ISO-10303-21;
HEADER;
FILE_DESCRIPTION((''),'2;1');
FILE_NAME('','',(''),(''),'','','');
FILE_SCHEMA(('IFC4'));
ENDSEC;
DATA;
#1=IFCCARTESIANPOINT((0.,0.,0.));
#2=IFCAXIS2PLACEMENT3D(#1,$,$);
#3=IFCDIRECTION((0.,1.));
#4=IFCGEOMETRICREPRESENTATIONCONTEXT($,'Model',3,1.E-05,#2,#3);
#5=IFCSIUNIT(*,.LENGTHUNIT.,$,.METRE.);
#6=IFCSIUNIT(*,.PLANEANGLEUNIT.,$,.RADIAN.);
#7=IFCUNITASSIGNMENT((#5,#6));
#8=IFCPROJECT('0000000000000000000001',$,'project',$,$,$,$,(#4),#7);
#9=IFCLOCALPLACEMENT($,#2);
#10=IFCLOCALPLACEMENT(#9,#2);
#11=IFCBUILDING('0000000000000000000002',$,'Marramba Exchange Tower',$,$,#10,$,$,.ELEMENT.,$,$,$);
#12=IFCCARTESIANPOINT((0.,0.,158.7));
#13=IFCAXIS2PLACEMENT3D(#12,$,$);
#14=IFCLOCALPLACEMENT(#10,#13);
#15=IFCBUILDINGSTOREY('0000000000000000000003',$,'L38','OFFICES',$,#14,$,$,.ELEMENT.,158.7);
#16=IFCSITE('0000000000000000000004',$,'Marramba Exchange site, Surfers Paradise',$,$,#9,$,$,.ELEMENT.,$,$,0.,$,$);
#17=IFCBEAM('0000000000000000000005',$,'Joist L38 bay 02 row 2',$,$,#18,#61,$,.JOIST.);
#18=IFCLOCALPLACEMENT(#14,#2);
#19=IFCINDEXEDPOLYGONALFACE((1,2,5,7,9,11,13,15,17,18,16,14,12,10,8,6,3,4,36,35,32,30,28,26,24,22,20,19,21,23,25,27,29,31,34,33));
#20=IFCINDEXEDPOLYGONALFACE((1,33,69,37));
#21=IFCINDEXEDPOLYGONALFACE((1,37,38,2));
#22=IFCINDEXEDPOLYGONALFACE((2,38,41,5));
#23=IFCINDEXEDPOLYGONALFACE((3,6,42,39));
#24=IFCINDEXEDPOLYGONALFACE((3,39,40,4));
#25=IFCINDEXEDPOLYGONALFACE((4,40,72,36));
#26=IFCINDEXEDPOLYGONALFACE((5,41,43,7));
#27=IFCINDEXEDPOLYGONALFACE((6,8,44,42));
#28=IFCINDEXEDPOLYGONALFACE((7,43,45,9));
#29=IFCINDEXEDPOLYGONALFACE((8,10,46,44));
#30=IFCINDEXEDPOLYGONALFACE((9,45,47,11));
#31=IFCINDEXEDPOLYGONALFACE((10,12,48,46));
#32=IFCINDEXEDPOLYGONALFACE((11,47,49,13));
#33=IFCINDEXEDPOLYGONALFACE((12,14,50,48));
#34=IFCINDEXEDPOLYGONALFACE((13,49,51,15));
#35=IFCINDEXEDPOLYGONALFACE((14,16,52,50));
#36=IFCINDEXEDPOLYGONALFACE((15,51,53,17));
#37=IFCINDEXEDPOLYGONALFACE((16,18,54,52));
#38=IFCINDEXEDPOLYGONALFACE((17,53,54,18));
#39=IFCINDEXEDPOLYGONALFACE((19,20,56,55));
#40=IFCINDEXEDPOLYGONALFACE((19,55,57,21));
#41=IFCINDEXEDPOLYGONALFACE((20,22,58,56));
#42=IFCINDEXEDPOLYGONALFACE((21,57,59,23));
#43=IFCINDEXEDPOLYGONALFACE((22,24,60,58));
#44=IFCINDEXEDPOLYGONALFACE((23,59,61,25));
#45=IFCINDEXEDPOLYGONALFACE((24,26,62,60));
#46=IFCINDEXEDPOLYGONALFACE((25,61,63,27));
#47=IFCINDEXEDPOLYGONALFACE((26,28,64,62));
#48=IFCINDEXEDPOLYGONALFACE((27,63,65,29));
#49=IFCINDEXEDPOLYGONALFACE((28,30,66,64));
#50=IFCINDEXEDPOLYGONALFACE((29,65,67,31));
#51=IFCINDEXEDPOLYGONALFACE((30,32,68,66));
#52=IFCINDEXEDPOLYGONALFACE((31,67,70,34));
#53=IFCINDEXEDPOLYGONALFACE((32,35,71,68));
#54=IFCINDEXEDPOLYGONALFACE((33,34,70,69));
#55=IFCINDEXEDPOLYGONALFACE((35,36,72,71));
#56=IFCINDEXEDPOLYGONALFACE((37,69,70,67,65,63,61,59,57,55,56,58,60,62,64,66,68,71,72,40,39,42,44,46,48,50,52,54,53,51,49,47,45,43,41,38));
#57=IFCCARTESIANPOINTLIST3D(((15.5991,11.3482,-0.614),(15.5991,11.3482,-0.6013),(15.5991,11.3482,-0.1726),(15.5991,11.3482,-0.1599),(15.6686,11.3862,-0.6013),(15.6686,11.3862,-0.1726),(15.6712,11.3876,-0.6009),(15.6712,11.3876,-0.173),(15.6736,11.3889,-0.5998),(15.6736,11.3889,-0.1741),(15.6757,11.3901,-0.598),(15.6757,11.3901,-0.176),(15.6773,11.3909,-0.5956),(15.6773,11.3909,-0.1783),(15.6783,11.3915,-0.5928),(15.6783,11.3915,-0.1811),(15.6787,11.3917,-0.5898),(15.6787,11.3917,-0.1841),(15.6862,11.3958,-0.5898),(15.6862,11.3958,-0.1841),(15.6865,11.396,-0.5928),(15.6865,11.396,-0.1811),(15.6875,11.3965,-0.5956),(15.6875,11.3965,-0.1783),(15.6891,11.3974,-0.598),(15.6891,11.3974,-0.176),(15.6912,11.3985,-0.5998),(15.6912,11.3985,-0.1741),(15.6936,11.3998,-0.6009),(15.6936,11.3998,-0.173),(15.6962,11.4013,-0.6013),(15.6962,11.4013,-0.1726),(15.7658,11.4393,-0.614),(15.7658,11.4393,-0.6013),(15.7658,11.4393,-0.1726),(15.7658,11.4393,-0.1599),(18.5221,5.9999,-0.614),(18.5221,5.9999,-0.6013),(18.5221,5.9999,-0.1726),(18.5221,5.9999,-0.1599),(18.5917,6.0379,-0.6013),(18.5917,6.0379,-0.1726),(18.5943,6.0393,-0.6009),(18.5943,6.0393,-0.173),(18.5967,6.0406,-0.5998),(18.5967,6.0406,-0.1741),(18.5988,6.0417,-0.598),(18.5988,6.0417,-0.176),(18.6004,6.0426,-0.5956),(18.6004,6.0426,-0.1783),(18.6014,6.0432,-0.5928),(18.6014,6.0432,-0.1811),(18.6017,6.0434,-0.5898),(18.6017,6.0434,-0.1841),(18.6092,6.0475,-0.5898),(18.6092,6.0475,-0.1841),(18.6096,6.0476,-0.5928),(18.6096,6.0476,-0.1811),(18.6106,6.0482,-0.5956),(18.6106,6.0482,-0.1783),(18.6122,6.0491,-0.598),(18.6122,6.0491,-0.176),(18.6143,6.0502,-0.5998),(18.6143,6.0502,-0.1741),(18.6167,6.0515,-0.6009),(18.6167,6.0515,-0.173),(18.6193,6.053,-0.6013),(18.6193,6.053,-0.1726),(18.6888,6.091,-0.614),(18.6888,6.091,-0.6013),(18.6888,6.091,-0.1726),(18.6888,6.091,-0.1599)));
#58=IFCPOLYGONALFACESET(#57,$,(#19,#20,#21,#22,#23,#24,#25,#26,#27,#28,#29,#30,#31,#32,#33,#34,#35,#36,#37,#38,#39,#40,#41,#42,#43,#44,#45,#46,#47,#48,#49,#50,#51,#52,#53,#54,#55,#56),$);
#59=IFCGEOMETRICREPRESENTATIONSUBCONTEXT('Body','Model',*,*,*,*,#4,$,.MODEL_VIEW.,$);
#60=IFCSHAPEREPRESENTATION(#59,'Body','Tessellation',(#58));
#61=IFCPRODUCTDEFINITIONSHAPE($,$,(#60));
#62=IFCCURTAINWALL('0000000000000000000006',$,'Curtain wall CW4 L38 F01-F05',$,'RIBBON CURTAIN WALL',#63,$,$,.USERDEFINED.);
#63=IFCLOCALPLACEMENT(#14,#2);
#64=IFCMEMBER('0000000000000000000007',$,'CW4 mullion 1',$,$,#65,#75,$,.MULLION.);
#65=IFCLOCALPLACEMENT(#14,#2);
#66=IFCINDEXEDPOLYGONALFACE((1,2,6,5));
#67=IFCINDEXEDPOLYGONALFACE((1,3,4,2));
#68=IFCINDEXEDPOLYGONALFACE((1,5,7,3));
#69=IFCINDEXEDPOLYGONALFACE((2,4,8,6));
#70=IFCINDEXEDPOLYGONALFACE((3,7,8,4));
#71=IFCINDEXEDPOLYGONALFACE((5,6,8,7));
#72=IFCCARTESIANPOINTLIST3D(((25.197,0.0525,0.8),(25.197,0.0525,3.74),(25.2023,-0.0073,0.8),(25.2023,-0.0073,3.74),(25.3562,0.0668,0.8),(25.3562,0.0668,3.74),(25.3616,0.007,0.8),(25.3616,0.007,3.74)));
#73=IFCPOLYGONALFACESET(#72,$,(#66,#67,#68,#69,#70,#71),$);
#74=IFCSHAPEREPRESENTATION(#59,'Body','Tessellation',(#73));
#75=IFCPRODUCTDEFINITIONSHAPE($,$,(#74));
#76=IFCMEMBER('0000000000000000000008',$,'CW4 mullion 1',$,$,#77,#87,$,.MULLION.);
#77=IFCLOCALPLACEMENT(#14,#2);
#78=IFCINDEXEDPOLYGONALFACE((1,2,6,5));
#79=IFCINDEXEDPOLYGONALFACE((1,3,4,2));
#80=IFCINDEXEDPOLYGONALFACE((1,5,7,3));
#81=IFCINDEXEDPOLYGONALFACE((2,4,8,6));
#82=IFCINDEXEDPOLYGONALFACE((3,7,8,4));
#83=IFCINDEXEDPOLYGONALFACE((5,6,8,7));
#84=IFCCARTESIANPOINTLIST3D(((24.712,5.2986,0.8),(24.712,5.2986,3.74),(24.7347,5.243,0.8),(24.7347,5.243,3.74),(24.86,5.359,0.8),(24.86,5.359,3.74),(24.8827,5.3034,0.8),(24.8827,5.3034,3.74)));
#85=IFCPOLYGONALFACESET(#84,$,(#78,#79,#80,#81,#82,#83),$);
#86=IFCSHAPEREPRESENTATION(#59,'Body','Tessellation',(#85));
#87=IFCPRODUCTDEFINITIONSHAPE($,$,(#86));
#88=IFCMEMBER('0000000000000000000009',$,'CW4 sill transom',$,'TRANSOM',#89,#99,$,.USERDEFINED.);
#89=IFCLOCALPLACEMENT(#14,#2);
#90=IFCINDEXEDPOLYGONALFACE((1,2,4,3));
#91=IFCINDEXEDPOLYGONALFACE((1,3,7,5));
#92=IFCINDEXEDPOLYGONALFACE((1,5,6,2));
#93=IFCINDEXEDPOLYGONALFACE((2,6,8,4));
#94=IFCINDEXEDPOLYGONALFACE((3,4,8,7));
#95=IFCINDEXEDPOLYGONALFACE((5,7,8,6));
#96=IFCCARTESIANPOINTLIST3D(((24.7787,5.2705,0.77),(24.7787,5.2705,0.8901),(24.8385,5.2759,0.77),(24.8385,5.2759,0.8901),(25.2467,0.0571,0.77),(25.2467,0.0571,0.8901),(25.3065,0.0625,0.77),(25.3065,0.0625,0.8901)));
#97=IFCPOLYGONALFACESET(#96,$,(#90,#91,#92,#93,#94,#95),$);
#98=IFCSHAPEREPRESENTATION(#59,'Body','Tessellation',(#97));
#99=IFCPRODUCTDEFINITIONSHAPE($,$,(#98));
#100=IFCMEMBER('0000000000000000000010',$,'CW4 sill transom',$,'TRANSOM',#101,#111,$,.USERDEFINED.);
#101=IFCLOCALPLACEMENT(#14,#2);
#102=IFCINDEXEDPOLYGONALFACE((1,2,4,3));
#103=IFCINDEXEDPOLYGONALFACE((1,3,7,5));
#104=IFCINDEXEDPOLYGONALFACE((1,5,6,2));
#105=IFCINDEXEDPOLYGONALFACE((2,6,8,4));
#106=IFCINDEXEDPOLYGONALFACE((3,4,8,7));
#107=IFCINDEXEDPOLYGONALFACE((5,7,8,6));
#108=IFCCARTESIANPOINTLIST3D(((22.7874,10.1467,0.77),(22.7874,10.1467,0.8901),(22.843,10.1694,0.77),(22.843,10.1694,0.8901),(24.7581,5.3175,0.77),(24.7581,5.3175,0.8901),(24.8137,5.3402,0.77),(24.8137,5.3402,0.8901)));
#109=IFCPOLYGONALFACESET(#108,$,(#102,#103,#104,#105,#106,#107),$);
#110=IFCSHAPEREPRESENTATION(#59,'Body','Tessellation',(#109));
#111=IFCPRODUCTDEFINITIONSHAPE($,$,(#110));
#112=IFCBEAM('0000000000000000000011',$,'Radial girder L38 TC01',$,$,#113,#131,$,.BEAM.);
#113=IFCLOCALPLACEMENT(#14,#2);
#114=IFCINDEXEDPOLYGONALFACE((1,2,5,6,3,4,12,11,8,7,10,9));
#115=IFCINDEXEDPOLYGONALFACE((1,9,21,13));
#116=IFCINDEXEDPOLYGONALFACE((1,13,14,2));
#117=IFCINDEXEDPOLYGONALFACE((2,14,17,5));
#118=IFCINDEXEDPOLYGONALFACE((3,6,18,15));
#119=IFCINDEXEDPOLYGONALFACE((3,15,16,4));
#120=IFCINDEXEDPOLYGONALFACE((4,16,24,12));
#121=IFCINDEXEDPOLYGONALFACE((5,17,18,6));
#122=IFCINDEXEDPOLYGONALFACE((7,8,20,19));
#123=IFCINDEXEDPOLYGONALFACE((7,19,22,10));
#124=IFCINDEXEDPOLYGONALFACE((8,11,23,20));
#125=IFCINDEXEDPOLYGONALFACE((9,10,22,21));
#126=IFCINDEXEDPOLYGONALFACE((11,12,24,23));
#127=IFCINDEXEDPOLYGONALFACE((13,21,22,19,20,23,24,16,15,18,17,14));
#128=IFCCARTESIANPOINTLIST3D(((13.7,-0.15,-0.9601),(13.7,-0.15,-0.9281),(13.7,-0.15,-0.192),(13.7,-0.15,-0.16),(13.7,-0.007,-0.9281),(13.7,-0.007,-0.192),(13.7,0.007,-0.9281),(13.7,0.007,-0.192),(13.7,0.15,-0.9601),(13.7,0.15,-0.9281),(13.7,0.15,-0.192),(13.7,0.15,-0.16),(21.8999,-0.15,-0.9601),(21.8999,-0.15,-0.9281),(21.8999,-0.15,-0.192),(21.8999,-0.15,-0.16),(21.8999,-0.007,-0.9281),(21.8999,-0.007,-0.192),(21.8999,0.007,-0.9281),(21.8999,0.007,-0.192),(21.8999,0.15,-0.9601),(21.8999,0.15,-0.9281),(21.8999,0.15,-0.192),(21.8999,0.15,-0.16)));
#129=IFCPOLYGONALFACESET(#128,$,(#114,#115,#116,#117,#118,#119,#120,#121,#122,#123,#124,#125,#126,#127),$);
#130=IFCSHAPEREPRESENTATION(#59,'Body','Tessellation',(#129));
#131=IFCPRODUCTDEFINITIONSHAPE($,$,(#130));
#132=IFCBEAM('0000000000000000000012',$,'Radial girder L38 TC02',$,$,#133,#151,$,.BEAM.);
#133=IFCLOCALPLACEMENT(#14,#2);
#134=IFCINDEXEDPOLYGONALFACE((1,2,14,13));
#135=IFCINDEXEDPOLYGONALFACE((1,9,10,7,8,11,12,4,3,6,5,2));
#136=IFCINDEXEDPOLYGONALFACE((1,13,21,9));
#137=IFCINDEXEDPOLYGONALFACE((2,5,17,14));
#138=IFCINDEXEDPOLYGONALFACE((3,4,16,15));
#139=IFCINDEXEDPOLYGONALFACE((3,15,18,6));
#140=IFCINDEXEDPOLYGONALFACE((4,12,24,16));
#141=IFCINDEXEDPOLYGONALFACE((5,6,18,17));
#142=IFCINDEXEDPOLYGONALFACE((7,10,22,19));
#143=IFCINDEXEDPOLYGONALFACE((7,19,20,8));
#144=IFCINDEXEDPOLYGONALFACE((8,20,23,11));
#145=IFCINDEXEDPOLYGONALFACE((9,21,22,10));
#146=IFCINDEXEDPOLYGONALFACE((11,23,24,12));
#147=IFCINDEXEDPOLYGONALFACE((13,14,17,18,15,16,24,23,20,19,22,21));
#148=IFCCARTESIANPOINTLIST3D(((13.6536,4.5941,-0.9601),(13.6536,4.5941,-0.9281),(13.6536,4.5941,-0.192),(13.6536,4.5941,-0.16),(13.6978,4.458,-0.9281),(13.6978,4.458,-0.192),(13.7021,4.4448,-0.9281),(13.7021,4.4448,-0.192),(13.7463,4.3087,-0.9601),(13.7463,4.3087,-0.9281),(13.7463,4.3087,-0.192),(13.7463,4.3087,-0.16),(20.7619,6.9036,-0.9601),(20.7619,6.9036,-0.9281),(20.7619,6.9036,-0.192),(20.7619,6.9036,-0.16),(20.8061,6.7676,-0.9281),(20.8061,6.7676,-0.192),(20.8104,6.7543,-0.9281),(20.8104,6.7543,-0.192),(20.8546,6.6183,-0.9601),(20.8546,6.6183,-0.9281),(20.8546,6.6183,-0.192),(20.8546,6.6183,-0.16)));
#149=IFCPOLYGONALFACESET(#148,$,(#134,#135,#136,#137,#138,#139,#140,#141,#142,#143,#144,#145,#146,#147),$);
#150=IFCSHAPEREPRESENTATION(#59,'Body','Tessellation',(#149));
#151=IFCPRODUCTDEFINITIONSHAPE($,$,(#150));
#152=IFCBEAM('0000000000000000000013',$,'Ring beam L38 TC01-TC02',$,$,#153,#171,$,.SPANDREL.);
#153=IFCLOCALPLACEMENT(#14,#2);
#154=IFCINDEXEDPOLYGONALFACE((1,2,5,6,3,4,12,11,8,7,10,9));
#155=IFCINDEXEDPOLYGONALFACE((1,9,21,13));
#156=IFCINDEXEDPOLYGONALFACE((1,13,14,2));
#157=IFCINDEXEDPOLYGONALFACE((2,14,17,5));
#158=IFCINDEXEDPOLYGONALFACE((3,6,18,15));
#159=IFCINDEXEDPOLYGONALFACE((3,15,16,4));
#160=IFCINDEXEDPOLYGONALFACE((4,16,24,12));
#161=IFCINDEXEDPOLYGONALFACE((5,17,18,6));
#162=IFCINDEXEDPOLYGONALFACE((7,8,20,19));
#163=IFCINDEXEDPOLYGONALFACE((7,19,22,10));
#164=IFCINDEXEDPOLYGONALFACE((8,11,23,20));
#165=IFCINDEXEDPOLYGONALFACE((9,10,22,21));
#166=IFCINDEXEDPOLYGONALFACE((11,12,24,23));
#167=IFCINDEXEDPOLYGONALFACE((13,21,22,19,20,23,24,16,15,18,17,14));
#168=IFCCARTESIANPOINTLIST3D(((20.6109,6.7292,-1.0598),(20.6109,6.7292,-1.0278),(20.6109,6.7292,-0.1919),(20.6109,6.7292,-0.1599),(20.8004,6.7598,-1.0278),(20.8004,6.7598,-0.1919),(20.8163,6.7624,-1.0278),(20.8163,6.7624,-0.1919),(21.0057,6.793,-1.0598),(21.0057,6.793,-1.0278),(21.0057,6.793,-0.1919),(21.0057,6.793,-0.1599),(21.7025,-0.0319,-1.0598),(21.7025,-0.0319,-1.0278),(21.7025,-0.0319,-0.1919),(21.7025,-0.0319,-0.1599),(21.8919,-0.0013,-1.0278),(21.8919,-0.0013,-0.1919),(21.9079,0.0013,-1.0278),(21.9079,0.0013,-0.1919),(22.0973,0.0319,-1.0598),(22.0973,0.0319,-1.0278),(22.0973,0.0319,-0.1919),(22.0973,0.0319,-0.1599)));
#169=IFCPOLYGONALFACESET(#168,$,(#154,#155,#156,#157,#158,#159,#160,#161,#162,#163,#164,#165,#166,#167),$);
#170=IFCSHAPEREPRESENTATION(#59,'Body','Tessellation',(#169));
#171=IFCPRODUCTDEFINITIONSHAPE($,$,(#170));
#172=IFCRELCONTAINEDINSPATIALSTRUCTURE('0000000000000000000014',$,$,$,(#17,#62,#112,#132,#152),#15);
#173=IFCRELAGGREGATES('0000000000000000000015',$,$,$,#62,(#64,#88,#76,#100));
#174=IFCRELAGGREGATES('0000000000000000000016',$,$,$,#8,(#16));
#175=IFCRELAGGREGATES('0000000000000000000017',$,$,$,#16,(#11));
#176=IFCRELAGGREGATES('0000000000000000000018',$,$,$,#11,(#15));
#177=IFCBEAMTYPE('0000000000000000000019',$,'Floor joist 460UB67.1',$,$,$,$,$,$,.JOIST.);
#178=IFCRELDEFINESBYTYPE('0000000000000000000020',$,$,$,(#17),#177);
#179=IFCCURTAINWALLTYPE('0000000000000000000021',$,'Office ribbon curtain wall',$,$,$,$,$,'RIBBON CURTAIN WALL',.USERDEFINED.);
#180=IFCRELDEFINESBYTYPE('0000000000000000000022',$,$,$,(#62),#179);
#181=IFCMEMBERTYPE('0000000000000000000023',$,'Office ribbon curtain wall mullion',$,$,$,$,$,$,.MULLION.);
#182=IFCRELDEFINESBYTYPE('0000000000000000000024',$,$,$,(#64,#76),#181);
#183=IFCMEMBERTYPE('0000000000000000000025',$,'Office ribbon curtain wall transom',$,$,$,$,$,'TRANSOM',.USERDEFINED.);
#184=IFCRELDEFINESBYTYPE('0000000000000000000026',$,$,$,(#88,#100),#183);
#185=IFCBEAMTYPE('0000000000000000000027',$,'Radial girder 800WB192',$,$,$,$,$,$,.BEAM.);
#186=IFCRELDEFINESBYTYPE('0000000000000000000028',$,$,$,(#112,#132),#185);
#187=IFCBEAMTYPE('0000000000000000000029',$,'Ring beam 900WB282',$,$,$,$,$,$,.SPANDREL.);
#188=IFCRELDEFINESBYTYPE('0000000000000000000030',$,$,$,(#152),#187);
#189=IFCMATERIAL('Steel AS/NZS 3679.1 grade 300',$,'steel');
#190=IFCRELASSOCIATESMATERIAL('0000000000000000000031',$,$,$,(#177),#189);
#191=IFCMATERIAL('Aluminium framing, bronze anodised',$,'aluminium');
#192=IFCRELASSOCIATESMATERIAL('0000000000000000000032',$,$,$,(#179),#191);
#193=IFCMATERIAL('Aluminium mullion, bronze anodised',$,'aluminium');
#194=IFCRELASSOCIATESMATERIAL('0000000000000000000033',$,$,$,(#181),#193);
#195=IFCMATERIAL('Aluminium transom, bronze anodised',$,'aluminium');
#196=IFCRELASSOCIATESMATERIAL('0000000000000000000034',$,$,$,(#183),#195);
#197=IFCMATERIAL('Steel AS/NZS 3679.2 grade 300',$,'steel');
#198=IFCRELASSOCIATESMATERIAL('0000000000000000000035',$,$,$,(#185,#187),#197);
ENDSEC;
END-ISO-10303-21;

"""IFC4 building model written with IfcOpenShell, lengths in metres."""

from ifc_helpers import new_model, si_unit, direction, frame, origin, origin_2d, place, context, subcontext, project, spatial, rectangle, i_section, extrude, material, material_profile, profile_set, type_object, element, aggregate, save


model = new_model("IFC4")

# Units and contexts
model_context = context("Model", 3, precision=1e-05, world=origin(), true_north=direction((0.0, 1.0)))
body_context = subcontext(model_context, "Body", "Model", "MODEL_VIEW")
ifc_project = project(units=[si_unit("LENGTHUNIT", "METRE"), si_unit("PLANEANGLEUNIT", "RADIAN")], contexts=[model_context])

# Site, building, storey
site_placement = place(None, origin())
site = spatial("IfcSite", under=ifc_project, at=site_placement, Name="Marramba Exchange site, Surfers Paradise", CompositionType="ELEMENT", RefElevation=0.0)
building_placement = place(site_placement, origin())
building = spatial("IfcBuilding", under=site, at=building_placement, Name="Marramba Exchange Tower", CompositionType="ELEMENT")
storey_placement = place(building_placement, frame((0.0, 0.0, 158.7)))
storey = spatial("IfcBuildingStorey", under=building, at=storey_placement, Name="L38", Description="OFFICES", CompositionType="ELEMENT", Elevation=158.7)

# Beam
ifc_material_1 = material(Name="Steel AS/NZS 3679.2 grade 300", Category="steel")
ifc_material_2 = material(Name="Steel AS/NZS 3679.1 grade 300", Category="steel")
ifc_material_profile_1 = material_profile(ifc_material_2, i_section(OverallWidth=0.1899, OverallDepth=0.4541, WebThickness=0.0085, FlangeThickness=0.0127, FilletRadius=0.0115, at=origin_2d()), Name="460UB67.1")
ifc_profile_set_1 = profile_set([ifc_material_profile_1], Name="Steel AS/NZS 3679.1 grade 300")
beam_type_1 = type_object("IfcBeamType", Name="Floor joist 460UB67.1", PredefinedType="JOIST", material=ifc_profile_set_1)
beam_1_placement = place(storey_placement, frame((18.6055, 6.0454, -0.387), z_axis=(-0.479584, 0.877496, 0.0), x_axis=(-0.877496, -0.479584, 0.0)))
element("IfcBeam", 1, at=beam_1_placement, inside=storey, type_object=beam_type_1, Name="Joist L38 bay 02 row 2", PredefinedType="JOIST", context=body_context, shape_type="SweptSolid", body=[
    extrude(i_section(OverallWidth=0.1899, OverallDepth=0.4541, WebThickness=0.0085, FlangeThickness=0.0127, FilletRadius=0.0115, at=origin_2d()), origin(), (0.0, 0.0, 1.0), 6.095),
])

# Curtain wall, members
ifc_material_3 = material(Name="Aluminium framing, bronze anodised", Category="aluminium")
curtain_wall_type = type_object("IfcCurtainWallType", Name="Office ribbon curtain wall", ElementType="RIBBON CURTAIN WALL", PredefinedType="USERDEFINED", material=ifc_material_3)
curtain_wall_placement = place(storey_placement, origin())
curtain_wall = element("IfcCurtainWall", 2, at=curtain_wall_placement, inside=storey, type_object=curtain_wall_type, Name="Curtain wall CW4 L38 F01-F05", ObjectType="RIBBON CURTAIN WALL", PredefinedType="USERDEFINED")
ifc_material_4 = material(Name="Aluminium mullion, bronze anodised", Category="aluminium")
ifc_material_profile_2 = material_profile(ifc_material_4, rectangle(XDim=0.1599, YDim=0.0601, at=origin_2d()), Name="CW4 mullion 60x160")
ifc_profile_set_2 = profile_set([ifc_material_profile_2], Name="Aluminium mullion, bronze anodised")
member_type_1 = type_object("IfcMemberType", Name="Office ribbon curtain wall mullion", PredefinedType="MULLION", material=ifc_profile_set_2)
member_1_placement = place(storey_placement, frame((25.2793, 0.0298, 0.8), z_axis=(0.0, 0.0, 1.0), x_axis=(-0.995995, -0.089413, 0.0)))
member_1 = element("IfcMember", 3, at=member_1_placement, type_object=member_type_1, Name="CW4 mullion 1", PredefinedType="MULLION", context=body_context, shape_type="SweptSolid", body=[
    extrude(rectangle(XDim=0.1599, YDim=0.0601, at=origin_2d()), origin(), (0.0, 0.0, 1.0), 2.9399),
])
member_2_placement = place(storey_placement, frame((24.7974, 5.301, 0.8), z_axis=(0.0, 0.0, 1.0), x_axis=(-0.925879, -0.377821, 0.0)))
member_2 = element("IfcMember", 4, at=member_2_placement, type_object=member_type_1, Name="CW4 mullion 1", PredefinedType="MULLION", context=body_context, shape_type="SweptSolid", body=[
    extrude(rectangle(XDim=0.1599, YDim=0.0601, at=origin_2d()), origin(), (0.0, 0.0, 1.0), 2.9399),
])
ifc_material_5 = material(Name="Aluminium transom, bronze anodised", Category="aluminium")
ifc_material_profile_3 = material_profile(ifc_material_5, rectangle(XDim=0.0601, YDim=0.1201, at=origin_2d()), Name="CW4 transom 60x120")
ifc_profile_set_3 = profile_set([ifc_material_profile_3], Name="Aluminium transom, bronze anodised")
member_type_2 = type_object("IfcMemberType", Name="Office ribbon curtain wall transom", ElementType="TRANSOM", PredefinedType="USERDEFINED", material=ifc_profile_set_3)
member_3_placement = place(storey_placement, frame((25.2766, 0.0598, 0.8301), z_axis=(-0.089413, 0.995995, 0.0), x_axis=(-0.995995, -0.089413, 0.0)))
member_3 = element("IfcMember", 5, at=member_3_placement, type_object=member_type_2, Name="CW4 sill transom", ObjectType="TRANSOM", PredefinedType="USERDEFINED", context=body_context, shape_type="SweptSolid", body=[
    extrude(rectangle(XDim=0.0601, YDim=0.1201, at=origin_2d()), origin(), (0.0, 0.0, 1.0), 5.2344),
])
member_4_placement = place(storey_placement, frame((24.7859, 5.3289, 0.8301), z_axis=(-0.377838, 0.925872, 0.0), x_axis=(-0.925872, -0.377838, 0.0)))
member_4 = element("IfcMember", 6, at=member_4_placement, type_object=member_type_2, Name="CW4 sill transom", ObjectType="TRANSOM", PredefinedType="USERDEFINED", context=body_context, shape_type="SweptSolid", body=[
    extrude(rectangle(XDim=0.0601, YDim=0.1201, at=origin_2d()), origin(), (0.0, 0.0, 1.0), 5.2158),
])

# Beams
ifc_material_profile_4 = material_profile(ifc_material_1, i_section(OverallWidth=0.3, OverallDepth=0.8, WebThickness=0.0139, FlangeThickness=0.032, at=origin_2d()), Name="800WB192")
ifc_profile_set_4 = profile_set([ifc_material_profile_4], Name="Steel AS/NZS 3679.2 grade 300")
beam_type_2 = type_object("IfcBeamType", Name="Radial girder 800WB192", PredefinedType="BEAM", material=ifc_profile_set_4)
beam_2_placement = place(storey_placement, frame((13.7, 0.0, -0.5601), z_axis=(1.0, 0.0, 0.0), x_axis=(0.0, 1.0, 0.0)))
element("IfcBeam", 7, at=beam_2_placement, inside=storey, type_object=beam_type_2, Name="Radial girder L38 TC01", PredefinedType="BEAM", context=body_context, shape_type="SweptSolid", body=[
    extrude(i_section(OverallWidth=0.3, OverallDepth=0.8, WebThickness=0.0139, FlangeThickness=0.032, at=origin_2d()), origin(), (0.0, 0.0, 1.0), 8.2),
])
beam_3_placement = place(storey_placement, frame((13.7, 4.4514, -0.5601), z_axis=(0.95106, 0.309006, 0.0), x_axis=(-0.309006, 0.95106, 0.0)))
element("IfcBeam", 8, at=beam_3_placement, inside=storey, type_object=beam_type_2, Name="Radial girder L38 TC02", PredefinedType="BEAM", context=body_context, shape_type="SweptSolid", body=[
    extrude(i_section(OverallWidth=0.3, OverallDepth=0.8, WebThickness=0.0139, FlangeThickness=0.032, at=origin_2d()), origin(), (0.0, 0.0, 1.0), 7.4741),
])
ifc_material_profile_5 = material_profile(ifc_material_1, i_section(OverallWidth=0.3999, OverallDepth=0.8999, WebThickness=0.0161, FlangeThickness=0.032, at=origin_2d()), Name="900WB282")
ifc_profile_set_5 = profile_set([ifc_material_profile_5], Name="Steel AS/NZS 3679.2 grade 300")
beam_type_3 = type_object("IfcBeamType", Name="Ring beam 900WB282", PredefinedType="SPANDREL", material=ifc_profile_set_5)
beam_4_placement = place(storey_placement, frame((21.8999, 0.0, -0.6099), z_axis=(-0.159385, 0.987217, 0.0), x_axis=(-0.987217, -0.159385, 0.0)))
element("IfcBeam", 9, at=beam_4_placement, inside=storey, type_object=beam_type_3, Name="Ring beam L38 TC01-TC02", PredefinedType="SPANDREL", context=body_context, shape_type="SweptSolid", body=[
    extrude(i_section(OverallWidth=0.3999, OverallDepth=0.8999, WebThickness=0.0161, FlangeThickness=0.032, at=origin_2d()), origin(), (0.0, 0.0, 1.0), 6.8486),
])

aggregate(curtain_wall, [member_1, member_3, member_2, member_4])

save(model, "model.ifc")
